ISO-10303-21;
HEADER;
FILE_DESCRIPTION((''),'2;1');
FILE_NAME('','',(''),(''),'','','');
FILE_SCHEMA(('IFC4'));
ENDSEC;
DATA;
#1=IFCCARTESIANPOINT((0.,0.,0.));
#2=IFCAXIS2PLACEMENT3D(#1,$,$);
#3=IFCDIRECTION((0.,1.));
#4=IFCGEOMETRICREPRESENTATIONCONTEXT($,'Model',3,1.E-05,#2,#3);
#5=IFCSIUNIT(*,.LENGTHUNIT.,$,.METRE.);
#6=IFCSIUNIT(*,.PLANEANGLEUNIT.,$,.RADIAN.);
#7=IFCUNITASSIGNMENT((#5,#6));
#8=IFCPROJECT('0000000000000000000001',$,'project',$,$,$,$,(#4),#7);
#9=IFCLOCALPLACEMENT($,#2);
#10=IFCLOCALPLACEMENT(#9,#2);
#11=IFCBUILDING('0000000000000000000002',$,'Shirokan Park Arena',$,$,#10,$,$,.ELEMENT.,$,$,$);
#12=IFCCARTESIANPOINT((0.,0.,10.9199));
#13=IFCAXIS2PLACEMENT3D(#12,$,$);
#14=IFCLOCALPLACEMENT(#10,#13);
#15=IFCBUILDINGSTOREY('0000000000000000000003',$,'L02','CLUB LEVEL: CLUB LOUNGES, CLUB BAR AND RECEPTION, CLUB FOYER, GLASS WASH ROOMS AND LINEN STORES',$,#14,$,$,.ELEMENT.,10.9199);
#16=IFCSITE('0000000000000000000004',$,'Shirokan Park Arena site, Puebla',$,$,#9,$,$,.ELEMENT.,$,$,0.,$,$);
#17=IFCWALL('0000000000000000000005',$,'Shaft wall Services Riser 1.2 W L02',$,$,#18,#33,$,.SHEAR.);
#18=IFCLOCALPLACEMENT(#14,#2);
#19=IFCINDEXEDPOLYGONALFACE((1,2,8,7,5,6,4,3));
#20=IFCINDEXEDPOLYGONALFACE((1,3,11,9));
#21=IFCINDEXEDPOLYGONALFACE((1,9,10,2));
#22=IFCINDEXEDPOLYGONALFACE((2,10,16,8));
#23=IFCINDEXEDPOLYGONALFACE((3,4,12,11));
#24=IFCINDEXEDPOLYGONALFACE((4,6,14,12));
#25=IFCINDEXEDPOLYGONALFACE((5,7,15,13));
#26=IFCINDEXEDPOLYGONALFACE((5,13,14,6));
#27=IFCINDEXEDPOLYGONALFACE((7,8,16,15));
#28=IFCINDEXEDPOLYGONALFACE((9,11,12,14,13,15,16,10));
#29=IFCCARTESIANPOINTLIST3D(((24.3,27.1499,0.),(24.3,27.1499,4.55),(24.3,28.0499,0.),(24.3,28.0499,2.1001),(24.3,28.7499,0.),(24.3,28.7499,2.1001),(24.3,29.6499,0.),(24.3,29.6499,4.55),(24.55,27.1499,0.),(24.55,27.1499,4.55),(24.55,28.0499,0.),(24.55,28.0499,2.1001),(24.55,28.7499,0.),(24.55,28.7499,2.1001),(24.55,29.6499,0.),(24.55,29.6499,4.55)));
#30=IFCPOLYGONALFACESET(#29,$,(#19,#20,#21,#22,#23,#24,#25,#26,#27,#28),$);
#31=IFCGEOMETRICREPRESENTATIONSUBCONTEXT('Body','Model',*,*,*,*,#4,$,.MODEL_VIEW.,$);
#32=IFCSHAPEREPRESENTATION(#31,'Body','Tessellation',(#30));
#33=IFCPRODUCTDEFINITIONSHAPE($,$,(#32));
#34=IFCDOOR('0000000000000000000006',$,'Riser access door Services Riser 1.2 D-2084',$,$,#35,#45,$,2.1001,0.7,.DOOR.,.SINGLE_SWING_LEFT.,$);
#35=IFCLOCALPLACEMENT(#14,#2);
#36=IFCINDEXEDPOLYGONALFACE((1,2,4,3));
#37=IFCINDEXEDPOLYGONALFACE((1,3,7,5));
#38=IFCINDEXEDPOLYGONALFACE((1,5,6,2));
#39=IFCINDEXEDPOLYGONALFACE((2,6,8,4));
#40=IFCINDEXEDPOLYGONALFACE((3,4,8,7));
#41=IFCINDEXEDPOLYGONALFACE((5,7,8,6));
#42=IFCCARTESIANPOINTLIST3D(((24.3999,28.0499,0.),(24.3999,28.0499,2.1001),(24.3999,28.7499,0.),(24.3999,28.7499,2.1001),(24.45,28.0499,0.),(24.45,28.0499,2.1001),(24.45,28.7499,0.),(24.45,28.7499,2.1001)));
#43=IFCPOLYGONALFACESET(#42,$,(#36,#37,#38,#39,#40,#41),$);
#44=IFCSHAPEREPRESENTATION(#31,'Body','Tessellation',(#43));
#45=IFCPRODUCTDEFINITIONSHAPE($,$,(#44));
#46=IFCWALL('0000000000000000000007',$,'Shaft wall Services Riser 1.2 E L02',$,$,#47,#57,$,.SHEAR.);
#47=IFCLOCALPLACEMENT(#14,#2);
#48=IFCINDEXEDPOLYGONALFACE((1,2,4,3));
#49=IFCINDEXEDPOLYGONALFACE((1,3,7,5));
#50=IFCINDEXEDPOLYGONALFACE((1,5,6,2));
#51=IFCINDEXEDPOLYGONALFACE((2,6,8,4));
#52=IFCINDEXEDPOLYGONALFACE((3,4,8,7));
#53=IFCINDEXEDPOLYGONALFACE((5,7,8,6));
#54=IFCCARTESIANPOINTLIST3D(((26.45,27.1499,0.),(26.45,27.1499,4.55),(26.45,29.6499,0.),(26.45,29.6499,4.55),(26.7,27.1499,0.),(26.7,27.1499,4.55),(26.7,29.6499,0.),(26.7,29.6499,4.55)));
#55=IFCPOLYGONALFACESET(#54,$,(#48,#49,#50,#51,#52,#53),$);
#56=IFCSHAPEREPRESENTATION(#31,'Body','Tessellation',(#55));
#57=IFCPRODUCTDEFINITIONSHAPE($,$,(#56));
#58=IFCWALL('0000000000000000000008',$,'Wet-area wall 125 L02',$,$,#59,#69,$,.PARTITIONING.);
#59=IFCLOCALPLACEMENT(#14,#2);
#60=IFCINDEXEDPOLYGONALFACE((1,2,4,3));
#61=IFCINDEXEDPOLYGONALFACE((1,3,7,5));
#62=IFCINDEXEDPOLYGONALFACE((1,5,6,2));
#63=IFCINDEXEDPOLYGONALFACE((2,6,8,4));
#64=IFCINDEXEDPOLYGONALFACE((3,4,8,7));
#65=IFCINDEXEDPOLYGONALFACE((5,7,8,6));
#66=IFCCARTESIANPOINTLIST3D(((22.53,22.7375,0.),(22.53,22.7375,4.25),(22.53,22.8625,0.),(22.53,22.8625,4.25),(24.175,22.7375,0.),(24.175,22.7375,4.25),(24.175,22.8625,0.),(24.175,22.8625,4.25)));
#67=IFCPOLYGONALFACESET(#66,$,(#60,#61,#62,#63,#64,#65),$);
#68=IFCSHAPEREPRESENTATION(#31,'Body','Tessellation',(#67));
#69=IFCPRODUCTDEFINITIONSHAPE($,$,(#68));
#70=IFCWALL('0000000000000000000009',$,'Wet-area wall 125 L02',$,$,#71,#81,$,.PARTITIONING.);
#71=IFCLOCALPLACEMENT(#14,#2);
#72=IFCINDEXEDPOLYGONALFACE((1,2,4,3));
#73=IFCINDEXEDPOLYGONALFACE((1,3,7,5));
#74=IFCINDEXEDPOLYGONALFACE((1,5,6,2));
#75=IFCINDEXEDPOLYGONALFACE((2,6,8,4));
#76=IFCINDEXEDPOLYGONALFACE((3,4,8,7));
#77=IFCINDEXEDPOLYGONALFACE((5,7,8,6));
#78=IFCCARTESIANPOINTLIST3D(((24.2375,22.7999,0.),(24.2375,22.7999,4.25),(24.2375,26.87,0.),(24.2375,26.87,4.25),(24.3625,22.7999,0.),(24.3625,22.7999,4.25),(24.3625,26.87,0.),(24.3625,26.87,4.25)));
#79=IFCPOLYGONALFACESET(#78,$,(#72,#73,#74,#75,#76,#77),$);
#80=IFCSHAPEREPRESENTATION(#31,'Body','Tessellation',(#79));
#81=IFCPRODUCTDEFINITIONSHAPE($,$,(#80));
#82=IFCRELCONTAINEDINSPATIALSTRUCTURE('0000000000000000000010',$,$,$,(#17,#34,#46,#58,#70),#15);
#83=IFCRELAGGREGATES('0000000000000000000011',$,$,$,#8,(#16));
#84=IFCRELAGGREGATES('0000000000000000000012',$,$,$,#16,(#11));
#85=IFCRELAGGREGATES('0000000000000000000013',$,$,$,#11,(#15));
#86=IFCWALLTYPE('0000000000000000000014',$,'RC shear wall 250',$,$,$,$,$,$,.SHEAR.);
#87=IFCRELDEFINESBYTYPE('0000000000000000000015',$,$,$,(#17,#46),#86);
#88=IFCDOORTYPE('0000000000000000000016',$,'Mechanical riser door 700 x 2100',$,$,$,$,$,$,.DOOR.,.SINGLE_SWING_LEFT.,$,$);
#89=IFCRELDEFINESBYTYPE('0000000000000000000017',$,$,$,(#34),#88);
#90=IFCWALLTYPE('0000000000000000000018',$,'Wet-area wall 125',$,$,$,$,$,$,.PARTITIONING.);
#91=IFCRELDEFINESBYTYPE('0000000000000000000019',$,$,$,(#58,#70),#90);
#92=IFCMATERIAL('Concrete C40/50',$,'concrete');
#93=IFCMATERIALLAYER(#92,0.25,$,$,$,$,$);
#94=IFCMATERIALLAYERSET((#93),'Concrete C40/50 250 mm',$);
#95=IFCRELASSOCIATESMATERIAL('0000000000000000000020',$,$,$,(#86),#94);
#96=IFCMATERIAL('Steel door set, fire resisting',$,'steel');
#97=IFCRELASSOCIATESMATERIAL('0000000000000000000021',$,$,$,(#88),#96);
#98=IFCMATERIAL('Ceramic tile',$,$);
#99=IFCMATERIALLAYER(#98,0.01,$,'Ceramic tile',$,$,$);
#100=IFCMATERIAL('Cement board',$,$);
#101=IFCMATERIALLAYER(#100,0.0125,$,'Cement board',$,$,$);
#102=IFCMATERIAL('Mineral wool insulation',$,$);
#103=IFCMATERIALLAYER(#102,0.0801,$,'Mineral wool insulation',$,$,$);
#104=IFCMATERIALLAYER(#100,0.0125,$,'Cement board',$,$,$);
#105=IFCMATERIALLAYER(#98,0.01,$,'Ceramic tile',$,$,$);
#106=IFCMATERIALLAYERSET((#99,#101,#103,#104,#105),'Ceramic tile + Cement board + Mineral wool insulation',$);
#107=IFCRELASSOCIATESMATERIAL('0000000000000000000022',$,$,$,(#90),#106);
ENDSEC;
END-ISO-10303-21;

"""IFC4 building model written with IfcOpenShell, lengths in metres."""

from ifc_helpers import new_model, si_unit, direction, frame, frame_2d, origin, place, context, subcontext, project, spatial, rectangle, extrude, material, layer, layer_set, type_object, element, fill, save


model = new_model("IFC4")

# Units and contexts
model_context = context("Model", 3, precision=1e-05, world=origin(), true_north=direction((0.0, 1.0)))
body_context = subcontext(model_context, "Body", "Model", "MODEL_VIEW")
ifc_project = project(units=[si_unit("LENGTHUNIT", "METRE"), si_unit("PLANEANGLEUNIT", "RADIAN")], contexts=[model_context])

# Site, building, storey
site_placement = place(None, origin())
site = spatial("IfcSite", under=ifc_project, at=site_placement, Name="Shirokan Park Arena site, Puebla", CompositionType="ELEMENT", RefElevation=0.0)
building_placement = place(site_placement, origin())
building = spatial("IfcBuilding", under=site, at=building_placement, Name="Shirokan Park Arena", CompositionType="ELEMENT")
storey_placement = place(building_placement, frame((0.0, 0.0, 10.9199)))
storey = spatial("IfcBuildingStorey", under=building, at=storey_placement, Name="L02", Description="CLUB LEVEL: CLUB LOUNGES, CLUB BAR AND RECEPTION, CLUB FOYER, GLASS WASH ROOMS AND LINEN STORES", CompositionType="ELEMENT", Elevation=10.9199)

# Shared definitions
ifc_material_1 = material(Name="Concrete C40/50", Category="concrete")
ifc_layer_1 = layer(ifc_material_1, 0.25)
ifc_layer_set_1 = layer_set([ifc_layer_1], Name="Concrete C40/50 250 mm")
wall_type_1 = type_object("IfcWallType", Name="RC shear wall 250", PredefinedType="SHEAR", material=ifc_layer_set_1)

# Wall, opening, door
wall_1_placement = place(storey_placement, frame((24.425, 29.6499, 0.0), z_axis=(0.0, 0.0, 1.0), x_axis=(0.0, -1.0, 0.0)))
wall_1 = element("IfcWall", 1, at=wall_1_placement, inside=storey, type_object=wall_type_1, Name="Shaft wall Services Riser 1.2 W L02", PredefinedType="SHEAR", context=body_context, shape_type="SweptSolid", body=[
    extrude(rectangle(XDim=2.5, YDim=0.25, at=frame_2d((1.25, 0.0))), origin(), (0.0, 0.0, 1.0), 4.55),
])
opening_1_placement = place(wall_1_placement, frame((0.8999, 0.0, 0.0)))
opening_1 = element("IfcOpeningElement", 2, at=opening_1_placement, cuts=wall_1, PredefinedType="OPENING", context=body_context, shape_type="SweptSolid", body=[
    extrude(rectangle(XDim=0.7, YDim=2.1001, at=frame_2d((0.3501, 1.05))), frame((0.0, 0.135, 0.0), z_axis=(0.0, -1.0, 0.0), x_axis=(1.0, 0.0, 0.0)), (0.0, 0.0, 1.0), 0.27),
])
ifc_material_2 = material(Name="Steel door set, fire resisting", Category="steel")
door_type_1 = type_object("IfcDoorType", Name="Mechanical riser door 700 x 2100", OperationType="SINGLE_SWING_LEFT", PredefinedType="DOOR", material=ifc_material_2)
door_1_placement = place(opening_1_placement, origin())
door_1 = element("IfcDoor", 3, at=door_1_placement, inside=storey, type_object=door_type_1, Name="Riser access door Services Riser 1.2 D-2084", OperationType="SINGLE_SWING_LEFT", OverallHeight=2.1001, OverallWidth=0.7, PredefinedType="DOOR", context=body_context, shape_type="SweptSolid", body=[
    extrude(rectangle(XDim=0.7, YDim=2.1001, at=frame_2d((0.3501, 1.05))), frame((0.0, 0.0249, 0.0), z_axis=(0.0, -1.0, 0.0), x_axis=(1.0, 0.0, 0.0)), (0.0, 0.0, 1.0), 0.05),
])
fill(opening_1, door_1)

# Walls
wall_2_placement = place(storey_placement, frame((26.575, 29.6499, 0.0), z_axis=(0.0, 0.0, 1.0), x_axis=(0.0, -1.0, 0.0)))
element("IfcWall", 4, at=wall_2_placement, inside=storey, type_object=wall_type_1, Name="Shaft wall Services Riser 1.2 E L02", PredefinedType="SHEAR", context=body_context, shape_type="SweptSolid", body=[
    extrude(rectangle(XDim=2.5, YDim=0.25, at=frame_2d((1.25, 0.0))), origin(), (0.0, 0.0, 1.0), 4.55),
])
ifc_material_3 = material(Name="Ceramic tile")
ifc_layer_2 = layer(ifc_material_3, 0.01, Name="Ceramic tile")
ifc_material_4 = material(Name="Cement board")
ifc_layer_3 = layer(ifc_material_4, 0.0125, Name="Cement board")
ifc_material_5 = material(Name="Mineral wool insulation")
ifc_layer_4 = layer(ifc_material_5, 0.0801, Name="Mineral wool insulation")
ifc_layer_5 = layer(ifc_material_4, 0.0125, Name="Cement board")
ifc_layer_6 = layer(ifc_material_3, 0.01, Name="Ceramic tile")
ifc_layer_set_2 = layer_set([ifc_layer_2, ifc_layer_3, ifc_layer_4, ifc_layer_5, ifc_layer_6], Name="Ceramic tile + Cement board + Mineral wool insulation")
wall_type_2 = type_object("IfcWallType", Name="Wet-area wall 125", PredefinedType="PARTITIONING", material=ifc_layer_set_2)
wall_3_placement = place(storey_placement, frame((24.175, 22.8, 0.0), z_axis=(0.0, 0.0, 1.0), x_axis=(-1.0, 0.0, 0.0)))
element("IfcWall", 5, at=wall_3_placement, inside=storey, type_object=wall_type_2, Name="Wet-area wall 125 L02", PredefinedType="PARTITIONING", context=body_context, shape_type="SweptSolid", body=[
    extrude(rectangle(XDim=1.645, YDim=0.125, at=frame_2d((0.8225, 0.0))), origin(), (0.0, 0.0, 1.0), 4.25),
])
wall_4_placement = place(storey_placement, frame((24.3, 26.8701, 0.0), z_axis=(0.0, 0.0, 1.0), x_axis=(0.0, -1.0, 0.0)))
element("IfcWall", 6, at=wall_4_placement, inside=storey, type_object=wall_type_2, Name="Wet-area wall 125 L02", PredefinedType="PARTITIONING", context=body_context, shape_type="SweptSolid", body=[
    extrude(rectangle(XDim=4.0701, YDim=0.125, at=frame_2d((2.0352, 0.0))), origin(), (0.0, 0.0, 1.0), 4.25),
])

save(model, "model.ifc")
